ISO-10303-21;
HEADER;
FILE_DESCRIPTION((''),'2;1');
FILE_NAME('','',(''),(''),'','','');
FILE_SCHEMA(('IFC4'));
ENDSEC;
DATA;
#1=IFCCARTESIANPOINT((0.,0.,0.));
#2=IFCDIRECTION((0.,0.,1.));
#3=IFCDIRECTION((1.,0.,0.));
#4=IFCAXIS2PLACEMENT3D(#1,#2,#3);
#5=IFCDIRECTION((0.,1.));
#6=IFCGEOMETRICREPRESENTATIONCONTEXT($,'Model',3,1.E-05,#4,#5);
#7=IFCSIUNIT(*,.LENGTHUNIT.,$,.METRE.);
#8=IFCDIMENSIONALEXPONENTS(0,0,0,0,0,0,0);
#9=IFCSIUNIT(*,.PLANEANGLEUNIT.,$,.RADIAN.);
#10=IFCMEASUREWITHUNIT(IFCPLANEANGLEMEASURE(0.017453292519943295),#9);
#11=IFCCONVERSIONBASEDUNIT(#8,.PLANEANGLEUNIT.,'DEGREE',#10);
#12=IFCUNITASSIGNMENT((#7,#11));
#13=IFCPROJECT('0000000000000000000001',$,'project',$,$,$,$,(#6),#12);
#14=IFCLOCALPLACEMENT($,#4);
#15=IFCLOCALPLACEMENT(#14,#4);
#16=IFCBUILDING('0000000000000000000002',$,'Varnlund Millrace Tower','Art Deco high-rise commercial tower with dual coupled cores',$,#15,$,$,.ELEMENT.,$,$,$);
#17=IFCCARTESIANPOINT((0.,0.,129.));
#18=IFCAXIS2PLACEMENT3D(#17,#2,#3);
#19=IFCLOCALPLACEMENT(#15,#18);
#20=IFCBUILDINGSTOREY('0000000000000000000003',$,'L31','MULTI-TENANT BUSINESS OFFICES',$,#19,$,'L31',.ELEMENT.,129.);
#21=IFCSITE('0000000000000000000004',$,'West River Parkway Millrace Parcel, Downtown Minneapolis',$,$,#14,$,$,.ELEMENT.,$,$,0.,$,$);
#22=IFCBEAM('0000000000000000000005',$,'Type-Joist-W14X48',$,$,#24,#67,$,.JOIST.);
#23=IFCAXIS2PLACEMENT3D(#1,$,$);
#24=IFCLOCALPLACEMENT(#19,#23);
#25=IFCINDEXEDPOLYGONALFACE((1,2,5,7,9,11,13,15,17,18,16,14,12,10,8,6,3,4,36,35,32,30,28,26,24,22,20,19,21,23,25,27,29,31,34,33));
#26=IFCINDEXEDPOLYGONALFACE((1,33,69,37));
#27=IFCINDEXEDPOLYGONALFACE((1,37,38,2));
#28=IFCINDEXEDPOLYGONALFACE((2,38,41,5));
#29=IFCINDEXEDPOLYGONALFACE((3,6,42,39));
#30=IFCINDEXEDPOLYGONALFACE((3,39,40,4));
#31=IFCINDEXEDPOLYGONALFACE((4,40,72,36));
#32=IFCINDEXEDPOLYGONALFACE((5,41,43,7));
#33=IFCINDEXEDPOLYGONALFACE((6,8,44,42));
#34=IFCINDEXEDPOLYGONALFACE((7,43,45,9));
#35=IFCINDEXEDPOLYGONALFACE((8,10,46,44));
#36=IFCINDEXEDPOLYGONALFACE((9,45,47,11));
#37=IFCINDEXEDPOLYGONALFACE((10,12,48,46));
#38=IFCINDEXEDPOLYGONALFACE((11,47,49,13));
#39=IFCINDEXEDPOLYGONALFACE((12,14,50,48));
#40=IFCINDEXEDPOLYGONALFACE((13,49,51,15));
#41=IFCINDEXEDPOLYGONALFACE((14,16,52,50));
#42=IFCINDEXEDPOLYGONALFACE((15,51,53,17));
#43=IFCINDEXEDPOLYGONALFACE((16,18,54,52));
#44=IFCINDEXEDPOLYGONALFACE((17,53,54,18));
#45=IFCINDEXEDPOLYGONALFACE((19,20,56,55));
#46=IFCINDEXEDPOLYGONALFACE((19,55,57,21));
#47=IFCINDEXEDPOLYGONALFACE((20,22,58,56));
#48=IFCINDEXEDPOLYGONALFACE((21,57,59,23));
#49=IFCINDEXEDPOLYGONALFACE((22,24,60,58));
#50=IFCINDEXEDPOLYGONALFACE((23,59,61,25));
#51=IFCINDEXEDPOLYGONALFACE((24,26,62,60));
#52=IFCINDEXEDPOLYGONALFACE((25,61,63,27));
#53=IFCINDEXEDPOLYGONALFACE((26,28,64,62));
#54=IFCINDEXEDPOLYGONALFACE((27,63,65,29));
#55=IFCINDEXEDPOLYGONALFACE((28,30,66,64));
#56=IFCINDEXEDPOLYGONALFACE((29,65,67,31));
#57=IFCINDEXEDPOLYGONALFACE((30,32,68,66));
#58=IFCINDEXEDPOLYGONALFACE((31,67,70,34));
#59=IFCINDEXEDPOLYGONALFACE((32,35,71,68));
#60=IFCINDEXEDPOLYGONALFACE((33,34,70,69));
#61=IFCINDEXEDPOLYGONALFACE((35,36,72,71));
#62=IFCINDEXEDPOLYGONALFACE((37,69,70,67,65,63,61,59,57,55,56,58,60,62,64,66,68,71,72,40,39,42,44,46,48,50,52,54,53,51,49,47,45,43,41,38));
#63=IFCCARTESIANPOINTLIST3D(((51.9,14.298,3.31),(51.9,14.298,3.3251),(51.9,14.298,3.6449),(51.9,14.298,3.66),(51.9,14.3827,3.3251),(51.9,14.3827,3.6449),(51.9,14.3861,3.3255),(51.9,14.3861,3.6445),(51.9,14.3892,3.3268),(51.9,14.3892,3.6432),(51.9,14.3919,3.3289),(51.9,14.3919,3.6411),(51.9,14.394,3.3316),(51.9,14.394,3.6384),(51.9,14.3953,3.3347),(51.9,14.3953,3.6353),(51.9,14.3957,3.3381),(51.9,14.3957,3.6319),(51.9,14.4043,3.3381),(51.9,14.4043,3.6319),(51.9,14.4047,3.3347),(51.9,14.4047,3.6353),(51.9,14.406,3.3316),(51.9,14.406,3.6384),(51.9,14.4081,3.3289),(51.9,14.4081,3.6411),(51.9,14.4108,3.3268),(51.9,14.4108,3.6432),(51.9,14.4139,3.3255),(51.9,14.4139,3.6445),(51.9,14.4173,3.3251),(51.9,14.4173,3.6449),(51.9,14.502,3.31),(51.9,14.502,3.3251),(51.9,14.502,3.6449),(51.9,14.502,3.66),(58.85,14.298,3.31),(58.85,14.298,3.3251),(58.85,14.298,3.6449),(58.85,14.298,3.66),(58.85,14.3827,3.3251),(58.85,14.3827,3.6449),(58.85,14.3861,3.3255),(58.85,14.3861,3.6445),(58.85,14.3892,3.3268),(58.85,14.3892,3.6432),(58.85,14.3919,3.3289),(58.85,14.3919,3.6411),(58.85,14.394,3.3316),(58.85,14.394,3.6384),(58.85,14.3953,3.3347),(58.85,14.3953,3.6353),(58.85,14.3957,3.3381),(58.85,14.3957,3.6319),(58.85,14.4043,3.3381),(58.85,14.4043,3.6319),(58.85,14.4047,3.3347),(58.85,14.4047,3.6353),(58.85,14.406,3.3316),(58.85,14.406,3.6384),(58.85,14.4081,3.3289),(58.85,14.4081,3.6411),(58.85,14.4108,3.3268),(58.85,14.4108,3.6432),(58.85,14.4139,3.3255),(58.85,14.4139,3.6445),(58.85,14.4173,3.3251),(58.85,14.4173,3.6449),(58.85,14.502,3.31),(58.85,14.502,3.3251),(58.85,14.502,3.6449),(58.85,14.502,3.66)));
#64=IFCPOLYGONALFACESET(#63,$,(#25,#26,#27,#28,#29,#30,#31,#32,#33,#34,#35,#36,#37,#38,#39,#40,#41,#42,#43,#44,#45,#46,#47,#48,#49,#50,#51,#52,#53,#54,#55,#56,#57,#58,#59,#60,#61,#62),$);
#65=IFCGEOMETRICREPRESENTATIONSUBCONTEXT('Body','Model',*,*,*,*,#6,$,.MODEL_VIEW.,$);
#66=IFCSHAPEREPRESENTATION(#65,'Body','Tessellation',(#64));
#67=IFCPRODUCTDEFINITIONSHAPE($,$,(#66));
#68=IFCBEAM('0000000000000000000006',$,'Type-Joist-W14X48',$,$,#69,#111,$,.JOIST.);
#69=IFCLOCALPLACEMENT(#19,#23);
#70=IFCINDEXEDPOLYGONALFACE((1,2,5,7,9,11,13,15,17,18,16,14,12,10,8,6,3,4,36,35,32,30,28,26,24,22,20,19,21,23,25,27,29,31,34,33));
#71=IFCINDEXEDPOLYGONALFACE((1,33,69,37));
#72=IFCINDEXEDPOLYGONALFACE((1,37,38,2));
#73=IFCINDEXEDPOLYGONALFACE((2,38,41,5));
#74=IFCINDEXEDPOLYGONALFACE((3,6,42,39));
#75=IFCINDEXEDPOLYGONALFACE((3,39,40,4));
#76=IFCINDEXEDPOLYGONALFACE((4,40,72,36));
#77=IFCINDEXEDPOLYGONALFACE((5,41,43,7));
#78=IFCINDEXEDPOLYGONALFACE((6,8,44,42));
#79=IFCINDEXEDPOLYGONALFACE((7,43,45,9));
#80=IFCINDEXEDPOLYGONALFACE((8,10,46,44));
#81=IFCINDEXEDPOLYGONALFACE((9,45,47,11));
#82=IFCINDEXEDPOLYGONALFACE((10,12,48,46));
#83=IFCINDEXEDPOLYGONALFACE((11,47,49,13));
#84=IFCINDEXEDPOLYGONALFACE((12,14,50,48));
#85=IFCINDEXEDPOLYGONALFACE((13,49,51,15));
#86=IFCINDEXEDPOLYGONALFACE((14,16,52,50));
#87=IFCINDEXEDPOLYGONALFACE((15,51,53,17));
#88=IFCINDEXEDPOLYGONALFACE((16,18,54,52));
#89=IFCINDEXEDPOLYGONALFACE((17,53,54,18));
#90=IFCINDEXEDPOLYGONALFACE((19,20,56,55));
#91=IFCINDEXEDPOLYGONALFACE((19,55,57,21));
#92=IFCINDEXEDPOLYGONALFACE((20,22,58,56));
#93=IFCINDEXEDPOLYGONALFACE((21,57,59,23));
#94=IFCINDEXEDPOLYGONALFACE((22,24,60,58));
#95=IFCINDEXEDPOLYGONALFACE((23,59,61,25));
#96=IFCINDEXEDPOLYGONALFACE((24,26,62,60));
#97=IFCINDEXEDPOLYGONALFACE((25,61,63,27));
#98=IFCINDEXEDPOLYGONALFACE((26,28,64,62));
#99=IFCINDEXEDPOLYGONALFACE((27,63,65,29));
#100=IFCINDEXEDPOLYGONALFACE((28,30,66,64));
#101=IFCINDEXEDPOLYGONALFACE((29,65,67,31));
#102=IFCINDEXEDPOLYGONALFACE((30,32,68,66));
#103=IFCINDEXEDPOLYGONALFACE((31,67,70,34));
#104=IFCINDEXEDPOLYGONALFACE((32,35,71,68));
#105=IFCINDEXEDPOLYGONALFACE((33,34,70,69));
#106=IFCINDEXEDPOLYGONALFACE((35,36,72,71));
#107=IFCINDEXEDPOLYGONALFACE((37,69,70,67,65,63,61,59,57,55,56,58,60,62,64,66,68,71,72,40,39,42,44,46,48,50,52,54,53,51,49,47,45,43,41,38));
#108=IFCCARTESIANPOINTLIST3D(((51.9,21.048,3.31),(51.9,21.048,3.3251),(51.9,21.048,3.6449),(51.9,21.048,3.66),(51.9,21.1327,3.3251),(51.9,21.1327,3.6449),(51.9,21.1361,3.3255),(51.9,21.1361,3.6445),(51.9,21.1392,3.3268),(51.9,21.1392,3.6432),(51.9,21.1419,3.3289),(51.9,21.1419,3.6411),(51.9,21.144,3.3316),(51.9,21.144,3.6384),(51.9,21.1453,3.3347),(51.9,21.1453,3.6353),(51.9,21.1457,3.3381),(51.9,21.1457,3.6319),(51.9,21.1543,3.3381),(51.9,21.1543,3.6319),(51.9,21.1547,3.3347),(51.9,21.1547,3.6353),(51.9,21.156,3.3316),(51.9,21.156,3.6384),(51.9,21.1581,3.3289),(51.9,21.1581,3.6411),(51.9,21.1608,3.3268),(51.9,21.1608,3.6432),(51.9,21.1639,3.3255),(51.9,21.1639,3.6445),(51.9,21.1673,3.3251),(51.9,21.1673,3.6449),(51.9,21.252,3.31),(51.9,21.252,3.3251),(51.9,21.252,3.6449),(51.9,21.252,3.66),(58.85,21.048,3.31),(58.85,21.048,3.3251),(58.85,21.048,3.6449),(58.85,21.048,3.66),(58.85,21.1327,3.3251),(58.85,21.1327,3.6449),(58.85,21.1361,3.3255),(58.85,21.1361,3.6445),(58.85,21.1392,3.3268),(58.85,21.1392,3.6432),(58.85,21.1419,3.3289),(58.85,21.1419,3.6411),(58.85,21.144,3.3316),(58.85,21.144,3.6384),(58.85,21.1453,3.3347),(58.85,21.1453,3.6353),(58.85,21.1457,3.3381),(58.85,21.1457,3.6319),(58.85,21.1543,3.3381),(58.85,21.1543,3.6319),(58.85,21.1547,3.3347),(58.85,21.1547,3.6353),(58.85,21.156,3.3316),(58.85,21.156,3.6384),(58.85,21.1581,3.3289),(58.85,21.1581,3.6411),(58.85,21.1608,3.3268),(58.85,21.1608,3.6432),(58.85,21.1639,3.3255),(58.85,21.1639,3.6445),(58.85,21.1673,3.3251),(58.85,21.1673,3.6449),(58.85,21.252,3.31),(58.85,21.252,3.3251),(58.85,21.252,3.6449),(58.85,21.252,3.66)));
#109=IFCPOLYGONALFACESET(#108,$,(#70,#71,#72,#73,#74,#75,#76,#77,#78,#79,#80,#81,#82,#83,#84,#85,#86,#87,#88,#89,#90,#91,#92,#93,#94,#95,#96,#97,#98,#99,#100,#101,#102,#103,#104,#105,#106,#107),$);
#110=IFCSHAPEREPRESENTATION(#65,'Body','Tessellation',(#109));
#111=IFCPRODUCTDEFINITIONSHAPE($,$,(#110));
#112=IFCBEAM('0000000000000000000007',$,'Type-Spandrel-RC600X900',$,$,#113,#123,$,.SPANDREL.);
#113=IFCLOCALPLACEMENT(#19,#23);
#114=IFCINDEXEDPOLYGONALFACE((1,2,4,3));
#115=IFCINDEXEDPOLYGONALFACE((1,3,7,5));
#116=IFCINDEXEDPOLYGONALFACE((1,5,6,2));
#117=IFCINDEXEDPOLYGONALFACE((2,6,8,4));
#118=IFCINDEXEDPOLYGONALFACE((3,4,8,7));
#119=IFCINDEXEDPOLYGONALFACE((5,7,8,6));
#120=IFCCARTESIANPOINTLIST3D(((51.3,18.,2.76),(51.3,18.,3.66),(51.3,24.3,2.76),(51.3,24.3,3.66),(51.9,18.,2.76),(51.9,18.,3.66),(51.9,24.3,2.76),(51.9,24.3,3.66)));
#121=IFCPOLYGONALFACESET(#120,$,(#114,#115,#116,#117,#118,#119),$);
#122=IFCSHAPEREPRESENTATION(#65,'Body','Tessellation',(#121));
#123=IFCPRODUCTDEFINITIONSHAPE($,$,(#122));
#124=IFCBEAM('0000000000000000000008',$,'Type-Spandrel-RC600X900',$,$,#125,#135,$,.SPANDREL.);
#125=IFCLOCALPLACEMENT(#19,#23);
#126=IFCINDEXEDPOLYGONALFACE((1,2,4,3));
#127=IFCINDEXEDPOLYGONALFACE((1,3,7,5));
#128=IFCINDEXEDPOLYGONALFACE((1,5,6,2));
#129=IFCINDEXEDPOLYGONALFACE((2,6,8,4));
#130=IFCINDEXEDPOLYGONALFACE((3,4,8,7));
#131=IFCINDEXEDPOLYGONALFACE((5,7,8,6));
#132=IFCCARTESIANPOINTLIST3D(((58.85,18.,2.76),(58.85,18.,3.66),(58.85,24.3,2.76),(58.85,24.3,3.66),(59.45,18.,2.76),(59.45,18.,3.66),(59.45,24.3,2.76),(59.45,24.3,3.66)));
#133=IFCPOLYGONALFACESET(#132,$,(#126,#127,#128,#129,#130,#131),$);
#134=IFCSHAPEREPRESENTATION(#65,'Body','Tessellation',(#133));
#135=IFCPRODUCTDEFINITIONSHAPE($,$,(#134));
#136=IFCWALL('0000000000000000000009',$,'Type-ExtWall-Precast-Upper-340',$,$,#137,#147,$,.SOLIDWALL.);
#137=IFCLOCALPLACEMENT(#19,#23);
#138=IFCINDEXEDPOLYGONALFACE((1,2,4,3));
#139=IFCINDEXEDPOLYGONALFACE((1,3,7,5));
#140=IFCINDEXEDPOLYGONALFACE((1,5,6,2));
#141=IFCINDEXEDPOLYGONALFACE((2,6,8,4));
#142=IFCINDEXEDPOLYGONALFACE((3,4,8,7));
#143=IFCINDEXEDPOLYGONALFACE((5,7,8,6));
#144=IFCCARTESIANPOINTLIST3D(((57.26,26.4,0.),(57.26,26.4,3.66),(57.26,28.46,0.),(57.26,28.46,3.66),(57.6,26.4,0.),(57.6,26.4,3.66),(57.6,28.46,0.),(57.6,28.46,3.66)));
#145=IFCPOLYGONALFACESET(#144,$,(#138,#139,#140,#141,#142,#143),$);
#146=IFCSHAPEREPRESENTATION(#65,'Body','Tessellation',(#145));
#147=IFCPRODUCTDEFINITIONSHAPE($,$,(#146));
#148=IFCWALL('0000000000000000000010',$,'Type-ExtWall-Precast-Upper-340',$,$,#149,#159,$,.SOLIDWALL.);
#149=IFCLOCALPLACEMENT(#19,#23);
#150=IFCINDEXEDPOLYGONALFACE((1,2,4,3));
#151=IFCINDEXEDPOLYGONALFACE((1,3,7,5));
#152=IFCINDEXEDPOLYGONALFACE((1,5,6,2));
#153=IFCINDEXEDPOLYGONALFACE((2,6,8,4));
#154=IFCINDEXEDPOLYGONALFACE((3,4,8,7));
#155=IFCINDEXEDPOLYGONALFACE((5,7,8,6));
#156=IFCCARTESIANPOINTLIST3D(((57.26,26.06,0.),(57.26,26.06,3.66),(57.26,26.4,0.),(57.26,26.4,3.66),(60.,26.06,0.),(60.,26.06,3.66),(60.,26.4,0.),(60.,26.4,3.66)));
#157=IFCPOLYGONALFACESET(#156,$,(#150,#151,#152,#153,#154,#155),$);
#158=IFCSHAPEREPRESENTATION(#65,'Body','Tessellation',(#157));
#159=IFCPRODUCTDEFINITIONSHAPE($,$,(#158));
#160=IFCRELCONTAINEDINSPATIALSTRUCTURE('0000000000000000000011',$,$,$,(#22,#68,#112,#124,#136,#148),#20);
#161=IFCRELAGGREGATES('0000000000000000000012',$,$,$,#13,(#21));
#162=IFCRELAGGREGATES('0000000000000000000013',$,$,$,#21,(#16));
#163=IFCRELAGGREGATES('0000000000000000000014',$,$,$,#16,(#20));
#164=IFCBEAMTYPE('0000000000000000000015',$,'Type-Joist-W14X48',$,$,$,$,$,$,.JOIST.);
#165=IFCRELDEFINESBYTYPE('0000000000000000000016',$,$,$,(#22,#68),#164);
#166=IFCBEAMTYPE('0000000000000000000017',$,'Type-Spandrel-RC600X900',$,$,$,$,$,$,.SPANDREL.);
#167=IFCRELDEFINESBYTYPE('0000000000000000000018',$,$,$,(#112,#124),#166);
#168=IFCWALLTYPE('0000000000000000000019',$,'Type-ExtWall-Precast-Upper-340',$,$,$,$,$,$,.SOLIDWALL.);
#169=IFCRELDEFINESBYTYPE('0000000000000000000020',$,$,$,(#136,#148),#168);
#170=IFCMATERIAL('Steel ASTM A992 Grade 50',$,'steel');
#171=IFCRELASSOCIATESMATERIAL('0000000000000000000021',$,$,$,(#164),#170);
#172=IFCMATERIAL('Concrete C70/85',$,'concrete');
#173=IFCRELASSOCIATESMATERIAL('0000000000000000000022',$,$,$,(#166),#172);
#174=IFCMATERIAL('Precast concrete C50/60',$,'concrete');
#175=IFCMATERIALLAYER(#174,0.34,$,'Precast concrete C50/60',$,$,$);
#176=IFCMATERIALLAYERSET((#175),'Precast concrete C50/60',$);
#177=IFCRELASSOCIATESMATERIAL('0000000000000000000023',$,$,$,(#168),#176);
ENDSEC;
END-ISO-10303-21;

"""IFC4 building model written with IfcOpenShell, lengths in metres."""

from ifc_helpers import new_model, entity, si_unit, converted_unit, direction, frame, origin_with_axes, origin_2d_with_axis, place, context, subcontext, project, spatial, polyline, rectangle, i_section, outline, extrude, material, layer, layer_set, material_profile, profile_set, type_object, element, save


model = new_model("IFC4")

# Units and contexts
model_context = context("Model", 3, precision=1e-05, world=origin_with_axes(), true_north=direction((0.0, 1.0)))
body_context = subcontext(model_context, "Body", "Model", "MODEL_VIEW")
ifc_project = project(units=[si_unit("LENGTHUNIT", "METRE"), converted_unit("PLANEANGLEUNIT", "DEGREE", entity("IfcPlaneAngleMeasure", 0.017453292519943295), si_unit("PLANEANGLEUNIT", "RADIAN"), dimensions=[0, 0, 0, 0, 0, 0, 0])], contexts=[model_context])

# Site, building, storey
site_placement = place(None, origin_with_axes())
site = spatial("IfcSite", under=ifc_project, at=site_placement, Name="West River Parkway Millrace Parcel, Downtown Minneapolis", CompositionType="ELEMENT", RefElevation=0.0)
building_placement = place(site_placement, origin_with_axes())
building = spatial("IfcBuilding", under=site, at=building_placement, Name="Varnlund Millrace Tower", Description="Art Deco high-rise commercial tower with dual coupled cores", CompositionType="ELEMENT")
storey_placement = place(building_placement, frame((0.0, 0.0, 129.0), z_axis=(0.0, 0.0, 1.0), x_axis=(1.0, 0.0, 0.0)))
storey = spatial("IfcBuildingStorey", under=building, at=storey_placement, Name="L31", Description="MULTI-TENANT BUSINESS OFFICES", LongName="L31", CompositionType="ELEMENT", Elevation=129.0)

# Beams
ifc_material_1 = material(Name="Steel ASTM A992 Grade 50", Category="steel")
ifc_material_profile_1 = material_profile(ifc_material_1, i_section(OverallWidth=0.204, OverallDepth=0.35, WebThickness=0.0086, FlangeThickness=0.0151, FilletRadius=0.013, at=origin_2d_with_axis()), Name="Steel ASTM A992 Grade 50")
ifc_profile_set_1 = profile_set([ifc_material_profile_1], Name="Steel ASTM A992 Grade 50")
beam_type_1 = type_object("IfcBeamType", Name="Type-Joist-W14X48", PredefinedType="JOIST", material=ifc_profile_set_1)
for number, where, z_axis, x_axis, name in (
    (1, (51.9, 14.4, 3.485), (1.0, 0.0, 0.0), (0.0, 1.0, 0.0), "Type-Joist-W14X48"),
    (2, (51.9, 21.15, 3.485), (1.0, 0.0, 0.0), (0.0, 1.0, 0.0), "Type-Joist-W14X48"),
):
    element("IfcBeam", number, at=place(storey_placement, frame(where, z_axis=z_axis, x_axis=x_axis)), inside=storey, type_object=beam_type_1, Name=name, PredefinedType="JOIST", context=body_context, shape_type="SweptSolid", body=[
        extrude(i_section(OverallWidth=0.204, OverallDepth=0.35, WebThickness=0.0086, FlangeThickness=0.0151, FilletRadius=0.013, at=origin_2d_with_axis()), origin_with_axes(), (0.0, 0.0, 1.0), 6.95),
    ])
ifc_material_2 = material(Name="Concrete C70/85", Category="concrete")
ifc_material_profile_2 = material_profile(ifc_material_2, rectangle(XDim=0.6, YDim=0.9, at=origin_2d_with_axis()), Name="Concrete C70/85")
ifc_profile_set_2 = profile_set([ifc_material_profile_2], Name="Concrete C70/85")
beam_type_2 = type_object("IfcBeamType", Name="Type-Spandrel-RC600X900", PredefinedType="SPANDREL", material=ifc_profile_set_2)
for number, where, z_axis, x_axis, name in (
    (3, (51.6, 18.0, 3.21), (0.0, 1.0, 0.0), (-1.0, 0.0, 0.0), "Type-Spandrel-RC600X900"),
    (4, (59.15, 18.0, 3.21), (0.0, 1.0, 0.0), (-1.0, 0.0, 0.0), "Type-Spandrel-RC600X900"),
):
    element("IfcBeam", number, at=place(storey_placement, frame(where, z_axis=z_axis, x_axis=x_axis)), inside=storey, type_object=beam_type_2, Name=name, PredefinedType="SPANDREL", context=body_context, shape_type="SweptSolid", body=[
        extrude(rectangle(XDim=0.6, YDim=0.9, at=origin_2d_with_axis()), origin_with_axes(), (0.0, 0.0, 1.0), 6.3),
    ])

# Walls
ifc_material_3 = material(Name="Precast concrete C50/60", Category="concrete")
ifc_layer = layer(ifc_material_3, 0.34, Name="Precast concrete C50/60")
ifc_layer_set = layer_set([ifc_layer], Name="Precast concrete C50/60")
wall_type = type_object("IfcWallType", Name="Type-ExtWall-Precast-Upper-340", PredefinedType="SOLIDWALL", material=ifc_layer_set)
wall_1_placement = place(storey_placement, frame((57.43, 28.46, 0.0), z_axis=(0.0, 0.0, 1.0), x_axis=(0.0, -1.0, 0.0)))
element("IfcWall", 5, at=wall_1_placement, inside=storey, type_object=wall_type, Name="Type-ExtWall-Precast-Upper-340", PredefinedType="SOLIDWALL", context=body_context, shape_type="SweptSolid", body=[
    extrude(outline(polyline([(0.0, -0.17), (2.06, -0.17), (2.06, 0.17), (0.0, 0.17), (0.0, -0.17)])), origin_with_axes(), (0.0, 0.0, 1.0), 3.66),
])
wall_2_placement = place(storey_placement, frame((57.26, 26.23, 0.0), z_axis=(0.0, 0.0, 1.0), x_axis=(1.0, 0.0, 0.0)))
element("IfcWall", 6, at=wall_2_placement, inside=storey, type_object=wall_type, Name="Type-ExtWall-Precast-Upper-340", PredefinedType="SOLIDWALL", context=body_context, shape_type="SweptSolid", body=[
    extrude(outline(polyline([(0.0, -0.17), (2.74, -0.17), (2.74, 0.17), (0.0, 0.17), (0.0, -0.17)])), origin_with_axes(), (0.0, 0.0, 1.0), 3.66),
])

save(model, "model.ifc")
